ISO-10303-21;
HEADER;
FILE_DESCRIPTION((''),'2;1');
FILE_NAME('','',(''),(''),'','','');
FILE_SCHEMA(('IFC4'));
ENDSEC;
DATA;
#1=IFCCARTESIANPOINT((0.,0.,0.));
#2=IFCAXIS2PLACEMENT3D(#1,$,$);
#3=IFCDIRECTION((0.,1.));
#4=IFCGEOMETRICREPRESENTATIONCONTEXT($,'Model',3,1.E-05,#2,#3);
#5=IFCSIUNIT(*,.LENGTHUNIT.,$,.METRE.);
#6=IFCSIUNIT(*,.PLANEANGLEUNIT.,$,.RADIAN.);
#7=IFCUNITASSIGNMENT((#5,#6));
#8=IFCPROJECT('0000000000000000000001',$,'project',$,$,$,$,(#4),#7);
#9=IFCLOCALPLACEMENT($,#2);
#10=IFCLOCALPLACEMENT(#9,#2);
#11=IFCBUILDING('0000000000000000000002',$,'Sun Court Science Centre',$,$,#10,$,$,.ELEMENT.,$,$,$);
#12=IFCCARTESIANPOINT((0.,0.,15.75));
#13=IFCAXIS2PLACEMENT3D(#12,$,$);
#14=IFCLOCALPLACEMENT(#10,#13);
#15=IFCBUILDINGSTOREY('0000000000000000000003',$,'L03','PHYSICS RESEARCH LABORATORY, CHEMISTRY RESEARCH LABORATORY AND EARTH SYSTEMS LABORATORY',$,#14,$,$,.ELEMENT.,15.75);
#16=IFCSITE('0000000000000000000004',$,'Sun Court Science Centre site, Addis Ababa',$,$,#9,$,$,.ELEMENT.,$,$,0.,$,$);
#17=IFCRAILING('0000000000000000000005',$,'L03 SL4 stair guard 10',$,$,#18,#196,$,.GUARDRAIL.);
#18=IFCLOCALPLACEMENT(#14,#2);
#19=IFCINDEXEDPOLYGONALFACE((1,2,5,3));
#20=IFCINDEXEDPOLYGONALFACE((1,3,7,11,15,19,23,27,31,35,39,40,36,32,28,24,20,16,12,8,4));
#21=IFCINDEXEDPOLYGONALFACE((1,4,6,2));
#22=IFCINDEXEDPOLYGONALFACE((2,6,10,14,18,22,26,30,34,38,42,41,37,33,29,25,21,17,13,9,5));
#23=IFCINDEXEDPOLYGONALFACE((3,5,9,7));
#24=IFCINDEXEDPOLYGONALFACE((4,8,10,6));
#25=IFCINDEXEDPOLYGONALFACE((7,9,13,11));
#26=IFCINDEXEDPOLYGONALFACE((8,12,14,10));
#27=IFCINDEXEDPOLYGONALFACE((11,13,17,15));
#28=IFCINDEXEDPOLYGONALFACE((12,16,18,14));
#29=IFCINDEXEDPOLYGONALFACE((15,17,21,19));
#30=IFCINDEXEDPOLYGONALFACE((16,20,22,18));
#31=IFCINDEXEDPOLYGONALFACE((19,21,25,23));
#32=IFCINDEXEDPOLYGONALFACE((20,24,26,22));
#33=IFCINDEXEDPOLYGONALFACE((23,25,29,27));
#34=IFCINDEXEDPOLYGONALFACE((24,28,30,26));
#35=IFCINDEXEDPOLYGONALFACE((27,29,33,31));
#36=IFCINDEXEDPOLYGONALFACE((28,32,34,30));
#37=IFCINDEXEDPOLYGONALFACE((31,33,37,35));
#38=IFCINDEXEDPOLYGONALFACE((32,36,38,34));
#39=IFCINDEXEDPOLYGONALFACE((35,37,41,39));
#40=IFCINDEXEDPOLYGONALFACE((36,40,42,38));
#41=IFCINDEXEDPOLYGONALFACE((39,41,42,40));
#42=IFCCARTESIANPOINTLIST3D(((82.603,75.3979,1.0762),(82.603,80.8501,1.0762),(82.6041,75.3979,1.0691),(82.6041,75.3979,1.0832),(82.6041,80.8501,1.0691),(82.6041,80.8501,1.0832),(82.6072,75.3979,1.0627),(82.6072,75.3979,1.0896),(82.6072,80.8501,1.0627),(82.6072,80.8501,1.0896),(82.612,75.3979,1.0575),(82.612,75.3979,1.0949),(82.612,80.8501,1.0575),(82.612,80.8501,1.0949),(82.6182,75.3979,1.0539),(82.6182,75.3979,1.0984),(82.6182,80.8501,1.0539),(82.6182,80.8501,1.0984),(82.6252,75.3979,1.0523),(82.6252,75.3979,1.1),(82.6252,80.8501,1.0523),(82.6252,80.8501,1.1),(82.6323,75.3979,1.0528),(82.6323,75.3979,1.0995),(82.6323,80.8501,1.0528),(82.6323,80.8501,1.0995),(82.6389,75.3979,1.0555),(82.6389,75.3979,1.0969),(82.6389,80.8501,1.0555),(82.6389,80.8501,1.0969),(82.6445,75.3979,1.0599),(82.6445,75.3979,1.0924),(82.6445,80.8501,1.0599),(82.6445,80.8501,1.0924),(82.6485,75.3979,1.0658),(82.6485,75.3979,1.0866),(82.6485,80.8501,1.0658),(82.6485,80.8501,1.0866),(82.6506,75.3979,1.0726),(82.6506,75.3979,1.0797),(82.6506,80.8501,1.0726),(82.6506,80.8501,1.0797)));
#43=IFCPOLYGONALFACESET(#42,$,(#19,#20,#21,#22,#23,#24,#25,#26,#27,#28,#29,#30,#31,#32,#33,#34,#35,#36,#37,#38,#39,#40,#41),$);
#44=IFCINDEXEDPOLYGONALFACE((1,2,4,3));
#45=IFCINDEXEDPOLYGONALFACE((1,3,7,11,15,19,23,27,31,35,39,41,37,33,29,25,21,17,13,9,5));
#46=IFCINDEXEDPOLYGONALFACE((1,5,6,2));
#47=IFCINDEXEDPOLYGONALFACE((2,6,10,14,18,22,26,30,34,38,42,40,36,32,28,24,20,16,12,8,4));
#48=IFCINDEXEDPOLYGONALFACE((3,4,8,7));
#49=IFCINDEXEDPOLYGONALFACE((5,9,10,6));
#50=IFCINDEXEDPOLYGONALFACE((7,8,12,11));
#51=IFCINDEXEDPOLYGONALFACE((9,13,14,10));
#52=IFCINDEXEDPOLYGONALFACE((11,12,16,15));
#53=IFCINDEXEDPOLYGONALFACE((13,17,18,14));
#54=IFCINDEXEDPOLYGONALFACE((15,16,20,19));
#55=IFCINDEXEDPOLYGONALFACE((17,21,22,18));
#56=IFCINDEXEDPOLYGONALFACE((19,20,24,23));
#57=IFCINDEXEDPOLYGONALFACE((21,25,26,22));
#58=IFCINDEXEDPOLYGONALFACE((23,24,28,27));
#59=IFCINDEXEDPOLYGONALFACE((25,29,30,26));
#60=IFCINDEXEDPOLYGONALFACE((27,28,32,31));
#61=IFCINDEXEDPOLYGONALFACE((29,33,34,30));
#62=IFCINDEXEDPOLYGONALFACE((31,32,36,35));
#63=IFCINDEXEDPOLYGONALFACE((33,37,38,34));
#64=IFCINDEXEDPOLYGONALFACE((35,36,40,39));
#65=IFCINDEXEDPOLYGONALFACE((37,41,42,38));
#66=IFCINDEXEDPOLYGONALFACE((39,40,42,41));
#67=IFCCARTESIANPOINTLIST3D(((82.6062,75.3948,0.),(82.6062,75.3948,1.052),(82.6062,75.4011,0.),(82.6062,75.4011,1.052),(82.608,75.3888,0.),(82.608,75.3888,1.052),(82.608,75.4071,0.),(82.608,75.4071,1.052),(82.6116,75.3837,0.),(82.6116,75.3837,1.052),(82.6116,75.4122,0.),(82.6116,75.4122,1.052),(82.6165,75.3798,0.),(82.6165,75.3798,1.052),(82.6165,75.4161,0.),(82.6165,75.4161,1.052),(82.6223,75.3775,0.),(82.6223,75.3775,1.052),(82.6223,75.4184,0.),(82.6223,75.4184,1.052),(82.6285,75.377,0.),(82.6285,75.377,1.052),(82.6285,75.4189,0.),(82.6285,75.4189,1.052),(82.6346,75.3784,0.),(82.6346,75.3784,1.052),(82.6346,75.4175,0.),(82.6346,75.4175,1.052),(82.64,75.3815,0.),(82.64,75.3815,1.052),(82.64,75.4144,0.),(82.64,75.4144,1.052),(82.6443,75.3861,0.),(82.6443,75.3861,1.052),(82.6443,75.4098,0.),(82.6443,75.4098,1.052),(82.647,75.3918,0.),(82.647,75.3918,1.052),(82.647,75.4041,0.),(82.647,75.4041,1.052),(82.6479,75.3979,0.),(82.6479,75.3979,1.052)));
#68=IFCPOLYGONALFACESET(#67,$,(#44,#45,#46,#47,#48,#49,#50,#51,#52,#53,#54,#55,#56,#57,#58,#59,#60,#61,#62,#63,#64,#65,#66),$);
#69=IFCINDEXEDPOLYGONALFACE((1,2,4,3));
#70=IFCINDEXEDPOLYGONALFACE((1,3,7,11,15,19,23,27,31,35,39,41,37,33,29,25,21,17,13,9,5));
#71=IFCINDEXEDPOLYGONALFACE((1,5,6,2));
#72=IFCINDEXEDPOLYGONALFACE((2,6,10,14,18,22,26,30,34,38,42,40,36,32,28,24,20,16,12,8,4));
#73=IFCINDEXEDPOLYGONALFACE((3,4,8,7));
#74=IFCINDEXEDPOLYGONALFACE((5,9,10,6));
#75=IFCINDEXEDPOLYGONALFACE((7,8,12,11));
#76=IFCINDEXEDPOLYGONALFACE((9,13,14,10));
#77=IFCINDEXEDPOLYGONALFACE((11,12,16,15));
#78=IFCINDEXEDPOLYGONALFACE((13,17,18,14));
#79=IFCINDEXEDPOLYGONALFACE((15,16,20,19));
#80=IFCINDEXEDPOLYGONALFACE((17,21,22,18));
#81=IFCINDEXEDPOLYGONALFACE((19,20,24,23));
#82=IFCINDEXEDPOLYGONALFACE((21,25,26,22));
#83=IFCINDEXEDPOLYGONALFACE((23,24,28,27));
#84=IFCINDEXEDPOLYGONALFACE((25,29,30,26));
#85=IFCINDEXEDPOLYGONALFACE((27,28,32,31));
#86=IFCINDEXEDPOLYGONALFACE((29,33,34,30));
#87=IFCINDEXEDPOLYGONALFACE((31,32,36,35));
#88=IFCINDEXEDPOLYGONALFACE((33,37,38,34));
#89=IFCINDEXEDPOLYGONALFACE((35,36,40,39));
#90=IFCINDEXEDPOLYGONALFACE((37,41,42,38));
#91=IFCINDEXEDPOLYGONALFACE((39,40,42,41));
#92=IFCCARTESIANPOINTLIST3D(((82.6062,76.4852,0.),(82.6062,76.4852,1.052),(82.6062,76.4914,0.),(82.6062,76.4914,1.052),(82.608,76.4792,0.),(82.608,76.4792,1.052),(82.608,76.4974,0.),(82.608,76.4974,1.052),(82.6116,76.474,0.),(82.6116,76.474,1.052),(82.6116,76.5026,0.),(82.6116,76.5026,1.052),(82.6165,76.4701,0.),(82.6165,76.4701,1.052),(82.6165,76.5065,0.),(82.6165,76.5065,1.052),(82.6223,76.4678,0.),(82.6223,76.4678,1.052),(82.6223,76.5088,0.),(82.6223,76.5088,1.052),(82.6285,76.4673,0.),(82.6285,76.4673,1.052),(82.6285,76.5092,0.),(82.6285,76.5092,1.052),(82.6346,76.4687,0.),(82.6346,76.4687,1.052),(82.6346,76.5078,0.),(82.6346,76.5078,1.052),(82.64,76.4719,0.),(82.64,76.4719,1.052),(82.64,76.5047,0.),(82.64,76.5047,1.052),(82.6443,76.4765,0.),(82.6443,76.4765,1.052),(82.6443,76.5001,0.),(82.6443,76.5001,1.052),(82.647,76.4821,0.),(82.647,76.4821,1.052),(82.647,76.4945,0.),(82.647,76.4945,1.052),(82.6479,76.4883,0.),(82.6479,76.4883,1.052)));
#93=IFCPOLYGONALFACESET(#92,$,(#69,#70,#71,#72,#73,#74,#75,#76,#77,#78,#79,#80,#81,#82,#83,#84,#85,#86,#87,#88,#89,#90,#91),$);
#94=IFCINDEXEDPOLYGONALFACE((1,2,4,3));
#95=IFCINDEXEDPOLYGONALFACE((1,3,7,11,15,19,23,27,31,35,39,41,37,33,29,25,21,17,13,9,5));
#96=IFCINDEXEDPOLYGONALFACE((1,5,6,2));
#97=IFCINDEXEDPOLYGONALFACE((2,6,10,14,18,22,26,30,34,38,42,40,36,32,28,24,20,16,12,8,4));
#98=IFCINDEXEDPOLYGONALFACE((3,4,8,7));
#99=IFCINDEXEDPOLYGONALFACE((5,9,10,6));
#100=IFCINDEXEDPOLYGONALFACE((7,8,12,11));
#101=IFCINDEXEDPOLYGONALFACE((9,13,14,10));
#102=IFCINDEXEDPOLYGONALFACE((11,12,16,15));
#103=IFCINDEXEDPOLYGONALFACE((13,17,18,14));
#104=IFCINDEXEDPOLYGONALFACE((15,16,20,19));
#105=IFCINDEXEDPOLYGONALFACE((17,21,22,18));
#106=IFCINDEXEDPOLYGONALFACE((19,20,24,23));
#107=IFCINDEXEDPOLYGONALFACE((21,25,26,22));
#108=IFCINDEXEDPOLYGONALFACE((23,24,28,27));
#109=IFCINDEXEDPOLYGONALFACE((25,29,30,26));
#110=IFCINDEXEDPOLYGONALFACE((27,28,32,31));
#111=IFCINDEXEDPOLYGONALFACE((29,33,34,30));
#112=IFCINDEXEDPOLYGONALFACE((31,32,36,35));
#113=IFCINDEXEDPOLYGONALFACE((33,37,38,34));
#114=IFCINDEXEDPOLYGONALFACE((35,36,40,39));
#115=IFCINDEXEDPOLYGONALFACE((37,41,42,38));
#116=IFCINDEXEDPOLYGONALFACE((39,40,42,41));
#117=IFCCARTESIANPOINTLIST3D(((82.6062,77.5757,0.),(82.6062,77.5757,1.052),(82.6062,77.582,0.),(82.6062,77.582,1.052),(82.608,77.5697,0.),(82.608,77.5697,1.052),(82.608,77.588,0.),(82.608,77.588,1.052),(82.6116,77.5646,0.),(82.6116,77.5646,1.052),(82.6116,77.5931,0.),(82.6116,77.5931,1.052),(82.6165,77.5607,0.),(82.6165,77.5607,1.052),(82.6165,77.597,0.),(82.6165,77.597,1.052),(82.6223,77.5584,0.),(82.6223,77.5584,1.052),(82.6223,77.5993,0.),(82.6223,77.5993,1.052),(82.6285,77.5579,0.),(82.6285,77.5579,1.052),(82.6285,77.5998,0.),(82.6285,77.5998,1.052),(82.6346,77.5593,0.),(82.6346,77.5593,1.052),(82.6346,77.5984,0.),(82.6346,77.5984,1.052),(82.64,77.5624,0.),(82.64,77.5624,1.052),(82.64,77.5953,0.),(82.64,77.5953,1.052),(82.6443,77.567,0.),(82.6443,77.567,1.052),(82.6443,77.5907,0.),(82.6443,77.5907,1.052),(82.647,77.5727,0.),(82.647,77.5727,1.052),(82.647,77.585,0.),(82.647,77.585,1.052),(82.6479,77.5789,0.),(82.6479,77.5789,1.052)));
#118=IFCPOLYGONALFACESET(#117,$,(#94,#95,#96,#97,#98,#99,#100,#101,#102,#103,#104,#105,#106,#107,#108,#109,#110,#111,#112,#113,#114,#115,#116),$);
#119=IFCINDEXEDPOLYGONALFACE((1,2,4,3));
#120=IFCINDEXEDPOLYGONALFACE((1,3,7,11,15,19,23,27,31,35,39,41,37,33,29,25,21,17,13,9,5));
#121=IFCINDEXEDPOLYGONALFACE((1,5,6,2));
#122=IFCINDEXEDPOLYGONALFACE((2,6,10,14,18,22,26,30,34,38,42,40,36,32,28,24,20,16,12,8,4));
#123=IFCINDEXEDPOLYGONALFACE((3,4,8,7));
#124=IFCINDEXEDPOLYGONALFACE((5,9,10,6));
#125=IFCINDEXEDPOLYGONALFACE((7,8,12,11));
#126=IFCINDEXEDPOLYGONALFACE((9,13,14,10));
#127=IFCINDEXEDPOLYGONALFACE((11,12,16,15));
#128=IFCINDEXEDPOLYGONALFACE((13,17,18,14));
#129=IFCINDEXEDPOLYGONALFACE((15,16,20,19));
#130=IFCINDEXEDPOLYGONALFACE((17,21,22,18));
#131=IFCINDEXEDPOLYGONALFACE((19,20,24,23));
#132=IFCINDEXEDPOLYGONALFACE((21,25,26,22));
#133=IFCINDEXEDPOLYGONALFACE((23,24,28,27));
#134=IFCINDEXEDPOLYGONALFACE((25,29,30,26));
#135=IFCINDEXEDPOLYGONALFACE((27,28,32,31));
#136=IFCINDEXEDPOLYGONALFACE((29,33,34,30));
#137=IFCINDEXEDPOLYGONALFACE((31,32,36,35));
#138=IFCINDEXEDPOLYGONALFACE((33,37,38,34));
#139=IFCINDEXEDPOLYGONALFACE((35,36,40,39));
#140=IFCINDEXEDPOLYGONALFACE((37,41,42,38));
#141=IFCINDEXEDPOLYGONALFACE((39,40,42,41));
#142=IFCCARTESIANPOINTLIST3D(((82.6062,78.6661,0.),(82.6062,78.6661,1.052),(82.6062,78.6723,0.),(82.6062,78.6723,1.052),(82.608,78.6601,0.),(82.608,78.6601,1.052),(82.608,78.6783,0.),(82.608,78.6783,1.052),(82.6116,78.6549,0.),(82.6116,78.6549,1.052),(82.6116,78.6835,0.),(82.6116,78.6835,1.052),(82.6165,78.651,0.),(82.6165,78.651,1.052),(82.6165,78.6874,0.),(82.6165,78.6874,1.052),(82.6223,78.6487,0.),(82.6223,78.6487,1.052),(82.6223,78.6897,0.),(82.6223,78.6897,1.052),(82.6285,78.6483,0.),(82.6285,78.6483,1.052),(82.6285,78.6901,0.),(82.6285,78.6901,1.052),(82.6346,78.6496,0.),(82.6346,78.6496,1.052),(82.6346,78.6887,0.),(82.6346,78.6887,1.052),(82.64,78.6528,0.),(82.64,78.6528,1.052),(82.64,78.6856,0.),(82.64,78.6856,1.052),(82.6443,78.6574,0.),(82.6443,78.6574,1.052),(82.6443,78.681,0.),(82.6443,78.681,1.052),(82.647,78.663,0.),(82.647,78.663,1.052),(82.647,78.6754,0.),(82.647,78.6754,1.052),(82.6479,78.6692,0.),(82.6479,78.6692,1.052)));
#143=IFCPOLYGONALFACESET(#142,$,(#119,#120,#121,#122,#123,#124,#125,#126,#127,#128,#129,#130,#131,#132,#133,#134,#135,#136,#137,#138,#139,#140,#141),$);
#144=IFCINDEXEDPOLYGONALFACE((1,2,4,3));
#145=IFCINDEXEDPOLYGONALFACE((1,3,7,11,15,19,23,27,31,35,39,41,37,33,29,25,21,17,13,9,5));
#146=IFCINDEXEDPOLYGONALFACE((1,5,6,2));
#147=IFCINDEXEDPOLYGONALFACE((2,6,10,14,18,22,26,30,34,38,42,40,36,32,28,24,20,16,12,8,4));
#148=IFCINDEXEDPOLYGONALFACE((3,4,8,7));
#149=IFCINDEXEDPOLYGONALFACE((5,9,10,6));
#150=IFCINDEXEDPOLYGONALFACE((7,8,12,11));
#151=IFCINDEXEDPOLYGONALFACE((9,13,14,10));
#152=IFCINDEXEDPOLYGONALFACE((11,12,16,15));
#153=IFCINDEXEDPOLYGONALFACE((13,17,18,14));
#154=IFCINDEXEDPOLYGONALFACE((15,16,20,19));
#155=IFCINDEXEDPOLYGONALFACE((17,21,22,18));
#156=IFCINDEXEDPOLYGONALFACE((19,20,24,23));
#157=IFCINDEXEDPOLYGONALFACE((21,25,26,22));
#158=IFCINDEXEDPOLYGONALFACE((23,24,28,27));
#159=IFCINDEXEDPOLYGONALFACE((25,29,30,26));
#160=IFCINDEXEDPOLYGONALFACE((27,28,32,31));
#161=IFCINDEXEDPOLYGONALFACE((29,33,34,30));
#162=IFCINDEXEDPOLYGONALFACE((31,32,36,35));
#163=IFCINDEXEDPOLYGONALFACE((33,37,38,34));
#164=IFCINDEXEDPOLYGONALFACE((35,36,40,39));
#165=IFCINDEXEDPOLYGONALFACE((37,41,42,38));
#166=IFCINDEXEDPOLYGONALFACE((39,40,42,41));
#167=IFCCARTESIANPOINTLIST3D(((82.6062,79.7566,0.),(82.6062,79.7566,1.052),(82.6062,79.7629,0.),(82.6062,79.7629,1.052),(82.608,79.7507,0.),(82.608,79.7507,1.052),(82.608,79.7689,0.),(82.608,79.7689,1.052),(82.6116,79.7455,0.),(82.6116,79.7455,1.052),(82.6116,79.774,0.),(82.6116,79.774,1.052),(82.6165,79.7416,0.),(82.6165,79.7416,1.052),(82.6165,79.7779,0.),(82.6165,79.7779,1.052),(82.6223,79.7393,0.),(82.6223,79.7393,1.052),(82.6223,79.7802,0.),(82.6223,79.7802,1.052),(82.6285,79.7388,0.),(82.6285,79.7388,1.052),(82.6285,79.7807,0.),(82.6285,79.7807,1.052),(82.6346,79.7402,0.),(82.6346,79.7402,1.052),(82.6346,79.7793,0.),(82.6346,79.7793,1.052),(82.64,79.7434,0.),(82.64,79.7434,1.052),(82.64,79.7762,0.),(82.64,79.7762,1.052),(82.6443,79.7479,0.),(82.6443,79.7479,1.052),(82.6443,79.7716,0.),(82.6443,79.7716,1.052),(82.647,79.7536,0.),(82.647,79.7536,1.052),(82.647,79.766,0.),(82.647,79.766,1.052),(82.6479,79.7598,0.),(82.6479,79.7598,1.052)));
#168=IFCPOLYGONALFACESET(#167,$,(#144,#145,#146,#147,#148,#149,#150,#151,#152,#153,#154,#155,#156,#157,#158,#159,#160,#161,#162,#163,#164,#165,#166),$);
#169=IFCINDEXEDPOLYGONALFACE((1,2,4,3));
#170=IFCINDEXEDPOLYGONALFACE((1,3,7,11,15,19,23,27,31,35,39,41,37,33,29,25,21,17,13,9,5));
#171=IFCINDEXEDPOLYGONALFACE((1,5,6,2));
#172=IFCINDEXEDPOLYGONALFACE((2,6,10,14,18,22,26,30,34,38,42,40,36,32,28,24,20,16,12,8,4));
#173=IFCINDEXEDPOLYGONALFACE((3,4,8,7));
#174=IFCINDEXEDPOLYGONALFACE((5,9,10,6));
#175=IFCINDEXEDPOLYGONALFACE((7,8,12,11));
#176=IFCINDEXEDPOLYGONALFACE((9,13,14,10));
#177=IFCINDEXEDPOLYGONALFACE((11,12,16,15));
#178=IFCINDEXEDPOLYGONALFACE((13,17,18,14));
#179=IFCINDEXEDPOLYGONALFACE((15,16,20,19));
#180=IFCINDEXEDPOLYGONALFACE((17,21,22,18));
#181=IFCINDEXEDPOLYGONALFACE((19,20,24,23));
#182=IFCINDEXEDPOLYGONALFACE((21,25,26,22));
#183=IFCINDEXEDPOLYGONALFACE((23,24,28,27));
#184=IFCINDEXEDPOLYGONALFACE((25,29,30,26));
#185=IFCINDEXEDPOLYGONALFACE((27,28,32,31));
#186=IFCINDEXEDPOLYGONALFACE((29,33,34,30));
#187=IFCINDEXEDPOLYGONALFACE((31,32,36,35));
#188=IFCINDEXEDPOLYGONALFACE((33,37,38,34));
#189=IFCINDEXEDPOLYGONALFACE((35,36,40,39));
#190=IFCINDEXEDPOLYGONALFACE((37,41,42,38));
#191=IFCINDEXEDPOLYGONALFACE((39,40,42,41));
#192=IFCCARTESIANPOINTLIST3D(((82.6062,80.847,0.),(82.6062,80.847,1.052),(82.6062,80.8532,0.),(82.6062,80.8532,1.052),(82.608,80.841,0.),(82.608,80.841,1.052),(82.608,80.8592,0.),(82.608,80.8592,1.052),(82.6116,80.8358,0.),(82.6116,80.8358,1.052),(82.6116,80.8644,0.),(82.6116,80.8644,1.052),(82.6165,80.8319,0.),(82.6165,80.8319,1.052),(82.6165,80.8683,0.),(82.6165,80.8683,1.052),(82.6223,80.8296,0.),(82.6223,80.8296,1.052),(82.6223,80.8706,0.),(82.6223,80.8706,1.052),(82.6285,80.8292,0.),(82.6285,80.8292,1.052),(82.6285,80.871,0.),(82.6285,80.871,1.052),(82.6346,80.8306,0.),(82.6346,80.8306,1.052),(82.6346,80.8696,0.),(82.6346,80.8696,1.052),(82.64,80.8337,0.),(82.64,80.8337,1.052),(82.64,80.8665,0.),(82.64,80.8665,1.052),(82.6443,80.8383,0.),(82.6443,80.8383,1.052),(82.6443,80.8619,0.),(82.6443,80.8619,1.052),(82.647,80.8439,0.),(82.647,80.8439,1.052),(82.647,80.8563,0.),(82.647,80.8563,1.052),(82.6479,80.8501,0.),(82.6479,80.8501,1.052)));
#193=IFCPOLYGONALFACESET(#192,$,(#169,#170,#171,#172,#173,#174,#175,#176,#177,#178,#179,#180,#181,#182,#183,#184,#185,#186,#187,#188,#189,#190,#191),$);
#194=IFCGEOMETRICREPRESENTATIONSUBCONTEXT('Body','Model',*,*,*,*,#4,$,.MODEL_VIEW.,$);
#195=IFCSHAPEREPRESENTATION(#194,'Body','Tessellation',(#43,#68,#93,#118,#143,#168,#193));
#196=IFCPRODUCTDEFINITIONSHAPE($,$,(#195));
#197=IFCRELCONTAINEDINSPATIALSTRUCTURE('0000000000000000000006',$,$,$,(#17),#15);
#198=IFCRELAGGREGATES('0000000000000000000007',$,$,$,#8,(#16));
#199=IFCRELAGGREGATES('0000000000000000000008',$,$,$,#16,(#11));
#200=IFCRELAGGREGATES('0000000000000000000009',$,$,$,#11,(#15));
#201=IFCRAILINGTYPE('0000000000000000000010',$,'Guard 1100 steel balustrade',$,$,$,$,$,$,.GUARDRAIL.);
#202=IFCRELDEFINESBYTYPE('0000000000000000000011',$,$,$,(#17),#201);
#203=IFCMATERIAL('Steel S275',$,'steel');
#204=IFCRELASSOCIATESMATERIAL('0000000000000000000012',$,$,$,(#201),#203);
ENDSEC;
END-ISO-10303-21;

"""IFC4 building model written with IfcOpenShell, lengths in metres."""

from ifc_helpers import new_model, si_unit, direction, frame, origin, origin_2d, place, context, subcontext, project, spatial, circle, extrude, material, type_object, element, save


model = new_model("IFC4")

# Units and contexts
model_context = context("Model", 3, precision=1e-05, world=origin(), true_north=direction((0.0, 1.0)))
body_context = subcontext(model_context, "Body", "Model", "MODEL_VIEW")
ifc_project = project(units=[si_unit("LENGTHUNIT", "METRE"), si_unit("PLANEANGLEUNIT", "RADIAN")], contexts=[model_context])

# Site, building, storey
site_placement = place(None, origin())
site = spatial("IfcSite", under=ifc_project, at=site_placement, Name="Sun Court Science Centre site, Addis Ababa", CompositionType="ELEMENT", RefElevation=0.0)
building_placement = place(site_placement, origin())
building = spatial("IfcBuilding", under=site, at=building_placement, Name="Sun Court Science Centre", CompositionType="ELEMENT")
storey_placement = place(building_placement, frame((0.0, 0.0, 15.75)))
storey = spatial("IfcBuildingStorey", under=building, at=storey_placement, Name="L03", Description="PHYSICS RESEARCH LABORATORY, CHEMISTRY RESEARCH LABORATORY AND EARTH SYSTEMS LABORATORY", CompositionType="ELEMENT", Elevation=15.75)

# Railing
ifc_material_1 = material(Name="Steel S275", Category="steel")
railing_type = type_object("IfcRailingType", Name="Guard 1100 steel balustrade", PredefinedType="GUARDRAIL", material=ifc_material_1)
railing_1_placement = place(storey_placement, frame((82.627, 75.3979, 0.0)))
element("IfcRailing", 1, at=railing_1_placement, inside=storey, type_object=railing_type, Name="L03 SL4 stair guard 10", PredefinedType="GUARDRAIL", context=body_context, shape_type="SweptSolid", body=[
    extrude(circle(Radius=0.0239, at=origin_2d()), frame((0.0, 0.0, 1.0762), z_axis=(0.0, 1.0, 0.0), x_axis=(-1.0, 0.0, 0.0)), (0.0, 0.0, 1.0), 5.4521),
    extrude(circle(Radius=0.021, at=origin_2d()), origin(), (0.0, 0.0, 1.0), 1.052),
    extrude(circle(Radius=0.021, at=origin_2d()), frame((0.0, 1.0903, 0.0)), (0.0, 0.0, 1.0), 1.052),
    extrude(circle(Radius=0.021, at=origin_2d()), frame((0.0, 2.1809, 0.0)), (0.0, 0.0, 1.0), 1.052),
    extrude(circle(Radius=0.021, at=origin_2d()), frame((0.0, 3.2712, 0.0)), (0.0, 0.0, 1.0), 1.052),
    extrude(circle(Radius=0.021, at=origin_2d()), frame((0.0, 4.3618, 0.0)), (0.0, 0.0, 1.0), 1.052),
    extrude(circle(Radius=0.021, at=origin_2d()), frame((0.0, 5.4521, 0.0)), (0.0, 0.0, 1.0), 1.052),
])

save(model, "model.ifc")
